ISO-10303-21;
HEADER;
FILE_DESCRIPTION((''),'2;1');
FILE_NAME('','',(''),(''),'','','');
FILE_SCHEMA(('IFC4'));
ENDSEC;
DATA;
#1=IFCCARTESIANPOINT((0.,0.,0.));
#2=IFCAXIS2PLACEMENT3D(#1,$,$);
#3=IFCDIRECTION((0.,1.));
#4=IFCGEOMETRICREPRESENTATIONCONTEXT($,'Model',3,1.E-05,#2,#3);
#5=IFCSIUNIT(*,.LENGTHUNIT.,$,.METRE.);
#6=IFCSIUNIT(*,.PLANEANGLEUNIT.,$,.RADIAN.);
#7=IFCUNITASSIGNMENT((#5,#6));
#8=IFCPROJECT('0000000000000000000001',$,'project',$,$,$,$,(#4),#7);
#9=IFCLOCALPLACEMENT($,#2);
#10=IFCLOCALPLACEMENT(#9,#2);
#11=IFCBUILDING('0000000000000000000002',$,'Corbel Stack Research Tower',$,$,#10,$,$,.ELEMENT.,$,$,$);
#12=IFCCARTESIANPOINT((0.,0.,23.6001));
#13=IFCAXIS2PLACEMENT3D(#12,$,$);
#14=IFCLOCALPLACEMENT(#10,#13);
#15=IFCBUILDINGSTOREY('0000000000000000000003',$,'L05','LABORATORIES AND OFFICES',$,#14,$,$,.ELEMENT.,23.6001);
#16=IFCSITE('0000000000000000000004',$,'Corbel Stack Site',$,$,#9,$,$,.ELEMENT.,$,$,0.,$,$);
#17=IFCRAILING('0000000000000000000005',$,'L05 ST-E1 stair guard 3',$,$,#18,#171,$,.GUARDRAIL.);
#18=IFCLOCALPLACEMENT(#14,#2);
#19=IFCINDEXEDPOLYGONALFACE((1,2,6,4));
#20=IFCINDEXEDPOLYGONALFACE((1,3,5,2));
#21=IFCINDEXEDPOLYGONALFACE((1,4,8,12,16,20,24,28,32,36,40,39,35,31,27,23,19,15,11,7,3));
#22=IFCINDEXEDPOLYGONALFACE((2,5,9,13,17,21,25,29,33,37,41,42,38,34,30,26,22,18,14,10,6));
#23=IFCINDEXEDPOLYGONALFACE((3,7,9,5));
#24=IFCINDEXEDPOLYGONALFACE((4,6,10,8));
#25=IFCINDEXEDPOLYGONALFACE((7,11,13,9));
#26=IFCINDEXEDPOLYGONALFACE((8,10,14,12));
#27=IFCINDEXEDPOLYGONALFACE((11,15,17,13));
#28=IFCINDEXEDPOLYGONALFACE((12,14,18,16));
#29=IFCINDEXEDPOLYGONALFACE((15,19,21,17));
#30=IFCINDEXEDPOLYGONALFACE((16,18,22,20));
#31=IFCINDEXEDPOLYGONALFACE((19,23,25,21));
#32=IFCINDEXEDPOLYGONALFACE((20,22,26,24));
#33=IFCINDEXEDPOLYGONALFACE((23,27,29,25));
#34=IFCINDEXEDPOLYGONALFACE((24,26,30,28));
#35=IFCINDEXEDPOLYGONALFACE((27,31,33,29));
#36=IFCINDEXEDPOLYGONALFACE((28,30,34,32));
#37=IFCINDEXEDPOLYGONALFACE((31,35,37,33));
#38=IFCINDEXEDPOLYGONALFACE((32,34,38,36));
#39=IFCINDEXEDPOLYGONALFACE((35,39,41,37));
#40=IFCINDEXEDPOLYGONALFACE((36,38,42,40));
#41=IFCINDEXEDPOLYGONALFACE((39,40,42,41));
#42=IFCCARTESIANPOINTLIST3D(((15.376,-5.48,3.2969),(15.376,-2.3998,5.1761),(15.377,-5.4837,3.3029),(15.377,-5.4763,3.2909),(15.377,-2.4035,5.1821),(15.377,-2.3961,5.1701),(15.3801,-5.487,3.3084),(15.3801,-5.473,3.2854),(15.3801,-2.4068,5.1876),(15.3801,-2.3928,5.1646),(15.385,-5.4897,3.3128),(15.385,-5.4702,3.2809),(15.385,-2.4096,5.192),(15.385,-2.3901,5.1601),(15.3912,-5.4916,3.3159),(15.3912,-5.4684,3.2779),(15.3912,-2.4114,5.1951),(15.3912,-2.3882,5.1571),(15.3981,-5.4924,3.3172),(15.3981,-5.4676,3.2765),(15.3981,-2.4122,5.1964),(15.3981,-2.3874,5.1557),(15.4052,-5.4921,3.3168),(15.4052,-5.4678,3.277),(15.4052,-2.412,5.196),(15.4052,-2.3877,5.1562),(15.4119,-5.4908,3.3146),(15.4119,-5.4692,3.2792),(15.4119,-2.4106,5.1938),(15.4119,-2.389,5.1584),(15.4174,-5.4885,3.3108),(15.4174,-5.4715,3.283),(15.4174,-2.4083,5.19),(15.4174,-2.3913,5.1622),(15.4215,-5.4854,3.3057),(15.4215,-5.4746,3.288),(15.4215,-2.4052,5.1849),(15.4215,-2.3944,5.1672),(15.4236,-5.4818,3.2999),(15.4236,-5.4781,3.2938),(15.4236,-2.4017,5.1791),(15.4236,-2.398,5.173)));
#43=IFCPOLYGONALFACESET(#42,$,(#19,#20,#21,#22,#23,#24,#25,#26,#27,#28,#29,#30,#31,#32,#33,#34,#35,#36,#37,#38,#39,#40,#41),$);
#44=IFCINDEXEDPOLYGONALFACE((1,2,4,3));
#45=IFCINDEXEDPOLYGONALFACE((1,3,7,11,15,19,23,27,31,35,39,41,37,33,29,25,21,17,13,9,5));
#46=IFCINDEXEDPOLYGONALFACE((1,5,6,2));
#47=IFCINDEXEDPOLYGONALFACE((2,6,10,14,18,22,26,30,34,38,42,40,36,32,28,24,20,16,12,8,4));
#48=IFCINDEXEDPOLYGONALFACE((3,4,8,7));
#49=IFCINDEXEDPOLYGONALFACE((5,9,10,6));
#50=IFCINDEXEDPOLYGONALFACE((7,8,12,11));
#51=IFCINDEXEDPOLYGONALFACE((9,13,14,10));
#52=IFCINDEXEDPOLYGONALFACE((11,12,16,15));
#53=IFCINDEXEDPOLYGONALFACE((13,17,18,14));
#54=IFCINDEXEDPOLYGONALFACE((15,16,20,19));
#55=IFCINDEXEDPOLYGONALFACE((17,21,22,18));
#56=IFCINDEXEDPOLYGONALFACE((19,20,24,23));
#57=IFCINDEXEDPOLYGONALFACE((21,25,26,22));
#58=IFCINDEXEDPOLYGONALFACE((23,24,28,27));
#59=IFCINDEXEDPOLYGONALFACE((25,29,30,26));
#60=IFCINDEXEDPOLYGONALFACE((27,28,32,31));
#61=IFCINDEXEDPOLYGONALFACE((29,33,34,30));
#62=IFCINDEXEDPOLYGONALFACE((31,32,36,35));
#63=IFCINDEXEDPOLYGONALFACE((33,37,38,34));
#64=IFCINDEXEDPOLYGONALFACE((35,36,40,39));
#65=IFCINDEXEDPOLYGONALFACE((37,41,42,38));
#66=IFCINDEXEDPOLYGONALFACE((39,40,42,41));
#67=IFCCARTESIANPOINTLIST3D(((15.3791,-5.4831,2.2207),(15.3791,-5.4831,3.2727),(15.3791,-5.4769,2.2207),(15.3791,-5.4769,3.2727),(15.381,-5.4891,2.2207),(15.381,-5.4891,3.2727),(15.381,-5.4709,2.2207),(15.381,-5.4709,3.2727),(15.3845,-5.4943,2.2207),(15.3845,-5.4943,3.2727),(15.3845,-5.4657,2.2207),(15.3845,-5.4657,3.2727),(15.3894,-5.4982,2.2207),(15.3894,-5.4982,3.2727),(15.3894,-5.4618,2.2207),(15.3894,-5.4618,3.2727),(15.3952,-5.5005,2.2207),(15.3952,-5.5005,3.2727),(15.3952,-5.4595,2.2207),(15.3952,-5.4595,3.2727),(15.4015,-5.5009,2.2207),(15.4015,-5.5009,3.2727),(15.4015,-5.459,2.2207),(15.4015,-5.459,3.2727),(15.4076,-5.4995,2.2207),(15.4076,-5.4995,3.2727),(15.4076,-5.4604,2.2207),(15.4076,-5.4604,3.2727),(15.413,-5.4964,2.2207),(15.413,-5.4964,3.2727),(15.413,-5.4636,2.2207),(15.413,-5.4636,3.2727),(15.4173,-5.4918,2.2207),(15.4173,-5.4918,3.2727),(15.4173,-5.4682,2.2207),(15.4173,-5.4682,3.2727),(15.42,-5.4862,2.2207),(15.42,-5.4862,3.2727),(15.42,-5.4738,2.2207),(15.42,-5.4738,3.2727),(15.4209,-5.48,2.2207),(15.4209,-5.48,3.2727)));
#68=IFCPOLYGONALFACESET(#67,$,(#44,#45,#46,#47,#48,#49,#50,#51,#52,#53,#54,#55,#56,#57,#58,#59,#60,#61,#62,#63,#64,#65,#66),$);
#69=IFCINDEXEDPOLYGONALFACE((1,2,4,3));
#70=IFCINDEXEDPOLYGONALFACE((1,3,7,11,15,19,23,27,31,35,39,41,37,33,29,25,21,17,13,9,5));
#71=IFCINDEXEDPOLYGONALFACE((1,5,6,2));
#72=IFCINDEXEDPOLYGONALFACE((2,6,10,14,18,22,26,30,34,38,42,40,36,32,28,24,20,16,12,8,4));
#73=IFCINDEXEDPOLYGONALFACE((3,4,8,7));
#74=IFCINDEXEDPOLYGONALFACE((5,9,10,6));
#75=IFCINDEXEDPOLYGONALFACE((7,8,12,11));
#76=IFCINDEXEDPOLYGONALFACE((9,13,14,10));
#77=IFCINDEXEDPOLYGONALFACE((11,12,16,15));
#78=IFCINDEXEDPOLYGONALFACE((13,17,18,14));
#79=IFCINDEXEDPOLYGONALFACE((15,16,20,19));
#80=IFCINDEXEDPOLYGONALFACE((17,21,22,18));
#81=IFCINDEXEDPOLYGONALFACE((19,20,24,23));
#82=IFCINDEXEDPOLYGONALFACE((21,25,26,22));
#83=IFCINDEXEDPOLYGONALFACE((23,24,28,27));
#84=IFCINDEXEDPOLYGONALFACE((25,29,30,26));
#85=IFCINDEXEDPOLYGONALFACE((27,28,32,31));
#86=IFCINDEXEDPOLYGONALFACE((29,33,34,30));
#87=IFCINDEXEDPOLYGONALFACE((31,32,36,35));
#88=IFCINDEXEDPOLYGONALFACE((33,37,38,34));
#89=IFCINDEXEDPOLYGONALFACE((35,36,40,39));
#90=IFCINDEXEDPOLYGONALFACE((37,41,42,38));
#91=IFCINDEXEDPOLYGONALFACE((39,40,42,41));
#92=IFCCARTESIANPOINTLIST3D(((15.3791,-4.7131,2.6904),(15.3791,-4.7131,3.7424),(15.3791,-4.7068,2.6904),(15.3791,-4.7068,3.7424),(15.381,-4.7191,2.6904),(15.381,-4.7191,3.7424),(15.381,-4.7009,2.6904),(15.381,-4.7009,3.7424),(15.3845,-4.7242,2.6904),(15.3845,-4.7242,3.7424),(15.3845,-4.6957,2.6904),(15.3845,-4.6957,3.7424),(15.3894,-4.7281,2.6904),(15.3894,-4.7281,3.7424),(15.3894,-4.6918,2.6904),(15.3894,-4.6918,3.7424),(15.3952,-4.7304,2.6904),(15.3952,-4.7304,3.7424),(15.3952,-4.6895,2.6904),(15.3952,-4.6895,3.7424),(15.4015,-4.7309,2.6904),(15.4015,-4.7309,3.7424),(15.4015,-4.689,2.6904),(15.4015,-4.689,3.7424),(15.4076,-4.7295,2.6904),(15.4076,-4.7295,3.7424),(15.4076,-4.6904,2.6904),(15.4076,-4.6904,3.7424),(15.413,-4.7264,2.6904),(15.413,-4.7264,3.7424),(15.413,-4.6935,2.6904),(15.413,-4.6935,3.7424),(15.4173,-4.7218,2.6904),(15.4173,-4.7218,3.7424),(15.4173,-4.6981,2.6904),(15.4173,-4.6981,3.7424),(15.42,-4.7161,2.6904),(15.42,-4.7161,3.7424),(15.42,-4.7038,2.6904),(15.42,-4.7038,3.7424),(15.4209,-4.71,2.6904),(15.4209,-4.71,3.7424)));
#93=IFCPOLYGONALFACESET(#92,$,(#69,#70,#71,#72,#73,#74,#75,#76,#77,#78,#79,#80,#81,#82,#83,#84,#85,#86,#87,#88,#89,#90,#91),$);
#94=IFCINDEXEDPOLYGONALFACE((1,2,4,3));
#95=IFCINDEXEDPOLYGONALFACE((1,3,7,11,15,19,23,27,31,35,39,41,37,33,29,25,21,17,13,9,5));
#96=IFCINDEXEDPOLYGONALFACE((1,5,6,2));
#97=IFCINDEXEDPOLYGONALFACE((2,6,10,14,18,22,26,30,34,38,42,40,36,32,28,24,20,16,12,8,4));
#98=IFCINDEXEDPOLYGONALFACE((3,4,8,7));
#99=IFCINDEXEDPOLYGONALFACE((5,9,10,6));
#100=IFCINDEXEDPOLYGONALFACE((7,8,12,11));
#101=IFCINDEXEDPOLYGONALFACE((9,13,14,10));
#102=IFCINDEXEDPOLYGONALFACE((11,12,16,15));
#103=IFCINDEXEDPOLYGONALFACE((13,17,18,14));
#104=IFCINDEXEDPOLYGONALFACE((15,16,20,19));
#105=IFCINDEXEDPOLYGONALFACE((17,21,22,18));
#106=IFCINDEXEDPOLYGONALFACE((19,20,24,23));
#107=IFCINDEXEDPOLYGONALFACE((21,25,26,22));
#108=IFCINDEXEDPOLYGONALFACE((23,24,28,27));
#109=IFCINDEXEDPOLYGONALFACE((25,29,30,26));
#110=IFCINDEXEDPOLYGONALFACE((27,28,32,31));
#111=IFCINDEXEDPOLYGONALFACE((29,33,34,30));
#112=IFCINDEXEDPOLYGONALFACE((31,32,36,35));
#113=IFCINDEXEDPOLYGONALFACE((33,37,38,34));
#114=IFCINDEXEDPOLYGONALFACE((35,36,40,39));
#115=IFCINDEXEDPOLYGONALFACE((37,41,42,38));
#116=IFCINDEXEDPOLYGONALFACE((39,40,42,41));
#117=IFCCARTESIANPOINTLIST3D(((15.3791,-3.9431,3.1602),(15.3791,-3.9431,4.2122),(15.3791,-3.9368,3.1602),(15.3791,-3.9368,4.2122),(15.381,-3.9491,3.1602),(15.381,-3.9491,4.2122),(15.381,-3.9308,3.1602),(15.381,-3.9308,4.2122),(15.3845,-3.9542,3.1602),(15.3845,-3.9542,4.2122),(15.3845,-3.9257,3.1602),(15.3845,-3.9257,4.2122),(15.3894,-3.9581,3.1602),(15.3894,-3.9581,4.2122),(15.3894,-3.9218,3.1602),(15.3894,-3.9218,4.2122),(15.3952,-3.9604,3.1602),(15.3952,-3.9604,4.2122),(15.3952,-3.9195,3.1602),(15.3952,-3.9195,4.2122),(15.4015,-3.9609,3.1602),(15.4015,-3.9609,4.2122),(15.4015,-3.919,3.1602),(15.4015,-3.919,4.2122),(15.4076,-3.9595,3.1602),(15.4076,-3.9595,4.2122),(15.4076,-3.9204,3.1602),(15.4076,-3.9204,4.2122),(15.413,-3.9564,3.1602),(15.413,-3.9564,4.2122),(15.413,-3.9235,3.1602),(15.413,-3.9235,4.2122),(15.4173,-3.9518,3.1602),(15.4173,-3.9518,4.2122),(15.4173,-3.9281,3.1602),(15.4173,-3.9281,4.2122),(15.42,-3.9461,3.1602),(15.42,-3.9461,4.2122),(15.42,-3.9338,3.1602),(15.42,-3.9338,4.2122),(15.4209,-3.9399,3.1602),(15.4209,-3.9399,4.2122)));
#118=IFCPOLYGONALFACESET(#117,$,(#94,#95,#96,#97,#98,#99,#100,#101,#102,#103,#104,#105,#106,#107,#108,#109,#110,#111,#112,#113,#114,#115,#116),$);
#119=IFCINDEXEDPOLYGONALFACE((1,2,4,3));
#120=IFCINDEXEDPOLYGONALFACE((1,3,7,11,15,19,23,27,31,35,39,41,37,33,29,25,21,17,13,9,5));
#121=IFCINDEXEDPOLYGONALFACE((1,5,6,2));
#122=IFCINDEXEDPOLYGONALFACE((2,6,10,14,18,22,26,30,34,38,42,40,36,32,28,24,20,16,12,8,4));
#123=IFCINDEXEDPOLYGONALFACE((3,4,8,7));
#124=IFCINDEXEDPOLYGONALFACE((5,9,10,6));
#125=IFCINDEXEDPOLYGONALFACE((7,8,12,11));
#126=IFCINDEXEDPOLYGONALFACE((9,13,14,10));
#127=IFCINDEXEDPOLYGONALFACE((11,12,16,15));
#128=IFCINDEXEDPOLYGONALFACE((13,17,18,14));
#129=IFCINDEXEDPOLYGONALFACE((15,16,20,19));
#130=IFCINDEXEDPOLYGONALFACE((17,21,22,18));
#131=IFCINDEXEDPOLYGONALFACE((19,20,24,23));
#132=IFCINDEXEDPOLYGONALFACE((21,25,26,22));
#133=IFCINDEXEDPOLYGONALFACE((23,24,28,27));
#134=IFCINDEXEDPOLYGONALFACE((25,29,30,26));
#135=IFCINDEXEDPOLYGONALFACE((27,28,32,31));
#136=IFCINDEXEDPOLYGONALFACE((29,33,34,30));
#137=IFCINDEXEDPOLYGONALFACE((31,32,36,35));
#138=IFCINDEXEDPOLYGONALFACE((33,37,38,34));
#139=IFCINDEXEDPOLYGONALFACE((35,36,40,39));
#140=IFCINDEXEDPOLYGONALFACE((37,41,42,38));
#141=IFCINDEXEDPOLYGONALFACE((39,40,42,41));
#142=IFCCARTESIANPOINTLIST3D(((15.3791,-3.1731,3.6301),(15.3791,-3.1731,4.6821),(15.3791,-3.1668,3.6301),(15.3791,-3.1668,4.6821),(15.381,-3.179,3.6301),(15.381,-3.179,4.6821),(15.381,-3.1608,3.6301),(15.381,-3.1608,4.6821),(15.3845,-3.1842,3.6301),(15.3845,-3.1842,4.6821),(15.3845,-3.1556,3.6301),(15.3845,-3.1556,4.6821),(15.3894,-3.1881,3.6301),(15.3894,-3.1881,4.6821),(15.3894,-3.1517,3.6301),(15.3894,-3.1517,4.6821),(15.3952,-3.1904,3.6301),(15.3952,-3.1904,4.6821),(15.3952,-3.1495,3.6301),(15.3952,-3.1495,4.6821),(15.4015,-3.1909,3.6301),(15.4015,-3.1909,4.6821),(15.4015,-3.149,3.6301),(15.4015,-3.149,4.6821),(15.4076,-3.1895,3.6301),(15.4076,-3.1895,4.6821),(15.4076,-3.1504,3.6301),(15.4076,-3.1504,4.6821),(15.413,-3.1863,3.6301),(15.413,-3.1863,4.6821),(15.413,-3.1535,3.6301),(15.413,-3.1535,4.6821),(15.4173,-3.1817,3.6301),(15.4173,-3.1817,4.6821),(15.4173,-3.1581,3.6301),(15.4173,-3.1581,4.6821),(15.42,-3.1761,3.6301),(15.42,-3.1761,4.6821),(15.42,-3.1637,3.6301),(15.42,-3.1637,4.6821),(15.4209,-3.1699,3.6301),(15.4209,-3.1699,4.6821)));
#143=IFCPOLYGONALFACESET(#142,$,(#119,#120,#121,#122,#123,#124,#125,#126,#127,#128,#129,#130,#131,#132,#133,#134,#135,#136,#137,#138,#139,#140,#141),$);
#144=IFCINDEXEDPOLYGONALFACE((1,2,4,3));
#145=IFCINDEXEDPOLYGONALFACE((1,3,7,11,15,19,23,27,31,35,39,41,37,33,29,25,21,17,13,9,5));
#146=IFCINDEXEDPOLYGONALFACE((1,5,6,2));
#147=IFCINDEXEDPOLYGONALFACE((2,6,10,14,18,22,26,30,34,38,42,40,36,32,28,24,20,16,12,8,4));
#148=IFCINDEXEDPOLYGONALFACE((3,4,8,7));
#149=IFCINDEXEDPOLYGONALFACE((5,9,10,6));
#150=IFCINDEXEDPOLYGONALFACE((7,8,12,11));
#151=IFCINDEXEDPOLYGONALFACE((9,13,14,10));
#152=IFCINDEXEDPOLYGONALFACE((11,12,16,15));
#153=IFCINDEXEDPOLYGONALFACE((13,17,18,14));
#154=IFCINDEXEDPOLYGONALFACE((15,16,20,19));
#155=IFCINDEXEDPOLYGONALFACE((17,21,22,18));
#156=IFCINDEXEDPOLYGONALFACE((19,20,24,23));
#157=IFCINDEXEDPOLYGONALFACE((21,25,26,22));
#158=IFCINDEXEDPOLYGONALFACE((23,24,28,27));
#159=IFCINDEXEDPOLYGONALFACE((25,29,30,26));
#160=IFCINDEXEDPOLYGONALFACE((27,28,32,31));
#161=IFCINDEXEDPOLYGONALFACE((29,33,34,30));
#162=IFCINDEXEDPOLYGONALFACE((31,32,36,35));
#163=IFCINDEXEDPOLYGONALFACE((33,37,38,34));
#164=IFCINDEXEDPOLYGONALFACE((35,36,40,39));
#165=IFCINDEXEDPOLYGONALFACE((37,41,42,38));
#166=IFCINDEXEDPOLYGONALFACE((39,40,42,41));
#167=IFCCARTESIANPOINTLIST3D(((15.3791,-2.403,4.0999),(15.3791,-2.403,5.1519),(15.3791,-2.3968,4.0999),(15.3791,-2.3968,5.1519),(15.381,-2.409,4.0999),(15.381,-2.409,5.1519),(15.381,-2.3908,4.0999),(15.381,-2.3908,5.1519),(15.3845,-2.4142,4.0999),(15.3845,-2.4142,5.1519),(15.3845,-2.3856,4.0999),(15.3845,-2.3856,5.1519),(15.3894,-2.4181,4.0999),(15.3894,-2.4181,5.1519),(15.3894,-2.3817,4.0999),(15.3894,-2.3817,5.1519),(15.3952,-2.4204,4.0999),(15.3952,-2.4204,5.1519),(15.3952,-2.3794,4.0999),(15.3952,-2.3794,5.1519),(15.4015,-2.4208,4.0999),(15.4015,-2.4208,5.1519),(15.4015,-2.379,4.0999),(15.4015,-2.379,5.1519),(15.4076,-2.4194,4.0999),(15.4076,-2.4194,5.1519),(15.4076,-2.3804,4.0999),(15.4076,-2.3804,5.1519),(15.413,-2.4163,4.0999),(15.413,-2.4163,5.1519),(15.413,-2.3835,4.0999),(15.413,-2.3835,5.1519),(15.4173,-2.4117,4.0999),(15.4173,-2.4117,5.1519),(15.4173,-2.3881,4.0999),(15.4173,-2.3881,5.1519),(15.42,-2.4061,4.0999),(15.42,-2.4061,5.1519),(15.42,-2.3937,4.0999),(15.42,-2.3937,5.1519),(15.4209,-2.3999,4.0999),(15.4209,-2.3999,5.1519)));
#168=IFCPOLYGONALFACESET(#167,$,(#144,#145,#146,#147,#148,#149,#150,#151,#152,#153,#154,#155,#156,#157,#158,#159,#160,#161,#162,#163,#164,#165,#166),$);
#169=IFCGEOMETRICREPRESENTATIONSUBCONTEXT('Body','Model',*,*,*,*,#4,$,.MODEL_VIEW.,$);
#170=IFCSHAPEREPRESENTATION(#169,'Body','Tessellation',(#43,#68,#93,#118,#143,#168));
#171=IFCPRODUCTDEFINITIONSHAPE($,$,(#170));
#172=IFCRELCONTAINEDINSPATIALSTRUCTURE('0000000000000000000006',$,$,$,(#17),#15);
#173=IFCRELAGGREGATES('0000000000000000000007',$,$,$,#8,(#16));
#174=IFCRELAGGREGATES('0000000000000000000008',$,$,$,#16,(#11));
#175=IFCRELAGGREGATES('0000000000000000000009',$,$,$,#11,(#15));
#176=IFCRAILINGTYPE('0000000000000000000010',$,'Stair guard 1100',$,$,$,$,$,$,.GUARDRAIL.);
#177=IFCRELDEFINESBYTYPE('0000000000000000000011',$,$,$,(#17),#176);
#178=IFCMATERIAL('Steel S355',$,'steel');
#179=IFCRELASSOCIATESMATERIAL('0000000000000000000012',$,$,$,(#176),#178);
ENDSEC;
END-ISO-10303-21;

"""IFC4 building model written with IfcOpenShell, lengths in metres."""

from ifc_helpers import new_model, si_unit, direction, frame, origin, origin_2d, place, context, subcontext, project, spatial, circle, extrude, material, type_object, element, save


model = new_model("IFC4")

# Units and contexts
model_context = context("Model", 3, precision=1e-05, world=origin(), true_north=direction((0.0, 1.0)))
body_context = subcontext(model_context, "Body", "Model", "MODEL_VIEW")
ifc_project = project(units=[si_unit("LENGTHUNIT", "METRE"), si_unit("PLANEANGLEUNIT", "RADIAN")], contexts=[model_context])

# Site, building, storey
site_placement = place(None, origin())
site = spatial("IfcSite", under=ifc_project, at=site_placement, Name="Corbel Stack Site", CompositionType="ELEMENT", RefElevation=0.0)
building_placement = place(site_placement, origin())
building = spatial("IfcBuilding", under=site, at=building_placement, Name="Corbel Stack Research Tower", CompositionType="ELEMENT")
storey_placement = place(building_placement, frame((0.0, 0.0, 23.6001)))
storey = spatial("IfcBuildingStorey", under=building, at=storey_placement, Name="L05", Description="LABORATORIES AND OFFICES", CompositionType="ELEMENT", Elevation=23.6001)

# Railing
ifc_material_1 = material(Name="Steel S355", Category="steel")
railing_type_1 = type_object("IfcRailingType", Name="Stair guard 1100", PredefinedType="GUARDRAIL", material=ifc_material_1)
railing_1_placement = place(storey_placement, frame((15.3999, -5.48, 2.2207)))
element("IfcRailing", 1, at=railing_1_placement, inside=storey, type_object=railing_type_1, Name="L05 ST-E1 stair guard 3", PredefinedType="GUARDRAIL", context=body_context, shape_type="SweptSolid", body=[
    extrude(circle(Radius=0.0239, at=origin_2d()), frame((0.0, 0.0, 1.0762), z_axis=(0.0, 0.853666, 0.52082), x_axis=(-1.0, 0.0, 0.0)), (0.0, 0.0, 1.0), 3.6082),
    extrude(circle(Radius=0.021, at=origin_2d()), origin(), (0.0, 0.0, 1.0), 1.052),
    extrude(circle(Radius=0.021, at=origin_2d()), frame((0.0, 0.77, 0.4697)), (0.0, 0.0, 1.0), 1.052),
    extrude(circle(Radius=0.021, at=origin_2d()), frame((0.0, 1.54, 0.9395)), (0.0, 0.0, 1.0), 1.052),
    extrude(circle(Radius=0.021, at=origin_2d()), frame((0.0, 2.3101, 1.4094)), (0.0, 0.0, 1.0), 1.052),
    extrude(circle(Radius=0.021, at=origin_2d()), frame((0.0, 3.0801, 1.8792)), (0.0, 0.0, 1.0), 1.052),
])

save(model, "model.ifc")
